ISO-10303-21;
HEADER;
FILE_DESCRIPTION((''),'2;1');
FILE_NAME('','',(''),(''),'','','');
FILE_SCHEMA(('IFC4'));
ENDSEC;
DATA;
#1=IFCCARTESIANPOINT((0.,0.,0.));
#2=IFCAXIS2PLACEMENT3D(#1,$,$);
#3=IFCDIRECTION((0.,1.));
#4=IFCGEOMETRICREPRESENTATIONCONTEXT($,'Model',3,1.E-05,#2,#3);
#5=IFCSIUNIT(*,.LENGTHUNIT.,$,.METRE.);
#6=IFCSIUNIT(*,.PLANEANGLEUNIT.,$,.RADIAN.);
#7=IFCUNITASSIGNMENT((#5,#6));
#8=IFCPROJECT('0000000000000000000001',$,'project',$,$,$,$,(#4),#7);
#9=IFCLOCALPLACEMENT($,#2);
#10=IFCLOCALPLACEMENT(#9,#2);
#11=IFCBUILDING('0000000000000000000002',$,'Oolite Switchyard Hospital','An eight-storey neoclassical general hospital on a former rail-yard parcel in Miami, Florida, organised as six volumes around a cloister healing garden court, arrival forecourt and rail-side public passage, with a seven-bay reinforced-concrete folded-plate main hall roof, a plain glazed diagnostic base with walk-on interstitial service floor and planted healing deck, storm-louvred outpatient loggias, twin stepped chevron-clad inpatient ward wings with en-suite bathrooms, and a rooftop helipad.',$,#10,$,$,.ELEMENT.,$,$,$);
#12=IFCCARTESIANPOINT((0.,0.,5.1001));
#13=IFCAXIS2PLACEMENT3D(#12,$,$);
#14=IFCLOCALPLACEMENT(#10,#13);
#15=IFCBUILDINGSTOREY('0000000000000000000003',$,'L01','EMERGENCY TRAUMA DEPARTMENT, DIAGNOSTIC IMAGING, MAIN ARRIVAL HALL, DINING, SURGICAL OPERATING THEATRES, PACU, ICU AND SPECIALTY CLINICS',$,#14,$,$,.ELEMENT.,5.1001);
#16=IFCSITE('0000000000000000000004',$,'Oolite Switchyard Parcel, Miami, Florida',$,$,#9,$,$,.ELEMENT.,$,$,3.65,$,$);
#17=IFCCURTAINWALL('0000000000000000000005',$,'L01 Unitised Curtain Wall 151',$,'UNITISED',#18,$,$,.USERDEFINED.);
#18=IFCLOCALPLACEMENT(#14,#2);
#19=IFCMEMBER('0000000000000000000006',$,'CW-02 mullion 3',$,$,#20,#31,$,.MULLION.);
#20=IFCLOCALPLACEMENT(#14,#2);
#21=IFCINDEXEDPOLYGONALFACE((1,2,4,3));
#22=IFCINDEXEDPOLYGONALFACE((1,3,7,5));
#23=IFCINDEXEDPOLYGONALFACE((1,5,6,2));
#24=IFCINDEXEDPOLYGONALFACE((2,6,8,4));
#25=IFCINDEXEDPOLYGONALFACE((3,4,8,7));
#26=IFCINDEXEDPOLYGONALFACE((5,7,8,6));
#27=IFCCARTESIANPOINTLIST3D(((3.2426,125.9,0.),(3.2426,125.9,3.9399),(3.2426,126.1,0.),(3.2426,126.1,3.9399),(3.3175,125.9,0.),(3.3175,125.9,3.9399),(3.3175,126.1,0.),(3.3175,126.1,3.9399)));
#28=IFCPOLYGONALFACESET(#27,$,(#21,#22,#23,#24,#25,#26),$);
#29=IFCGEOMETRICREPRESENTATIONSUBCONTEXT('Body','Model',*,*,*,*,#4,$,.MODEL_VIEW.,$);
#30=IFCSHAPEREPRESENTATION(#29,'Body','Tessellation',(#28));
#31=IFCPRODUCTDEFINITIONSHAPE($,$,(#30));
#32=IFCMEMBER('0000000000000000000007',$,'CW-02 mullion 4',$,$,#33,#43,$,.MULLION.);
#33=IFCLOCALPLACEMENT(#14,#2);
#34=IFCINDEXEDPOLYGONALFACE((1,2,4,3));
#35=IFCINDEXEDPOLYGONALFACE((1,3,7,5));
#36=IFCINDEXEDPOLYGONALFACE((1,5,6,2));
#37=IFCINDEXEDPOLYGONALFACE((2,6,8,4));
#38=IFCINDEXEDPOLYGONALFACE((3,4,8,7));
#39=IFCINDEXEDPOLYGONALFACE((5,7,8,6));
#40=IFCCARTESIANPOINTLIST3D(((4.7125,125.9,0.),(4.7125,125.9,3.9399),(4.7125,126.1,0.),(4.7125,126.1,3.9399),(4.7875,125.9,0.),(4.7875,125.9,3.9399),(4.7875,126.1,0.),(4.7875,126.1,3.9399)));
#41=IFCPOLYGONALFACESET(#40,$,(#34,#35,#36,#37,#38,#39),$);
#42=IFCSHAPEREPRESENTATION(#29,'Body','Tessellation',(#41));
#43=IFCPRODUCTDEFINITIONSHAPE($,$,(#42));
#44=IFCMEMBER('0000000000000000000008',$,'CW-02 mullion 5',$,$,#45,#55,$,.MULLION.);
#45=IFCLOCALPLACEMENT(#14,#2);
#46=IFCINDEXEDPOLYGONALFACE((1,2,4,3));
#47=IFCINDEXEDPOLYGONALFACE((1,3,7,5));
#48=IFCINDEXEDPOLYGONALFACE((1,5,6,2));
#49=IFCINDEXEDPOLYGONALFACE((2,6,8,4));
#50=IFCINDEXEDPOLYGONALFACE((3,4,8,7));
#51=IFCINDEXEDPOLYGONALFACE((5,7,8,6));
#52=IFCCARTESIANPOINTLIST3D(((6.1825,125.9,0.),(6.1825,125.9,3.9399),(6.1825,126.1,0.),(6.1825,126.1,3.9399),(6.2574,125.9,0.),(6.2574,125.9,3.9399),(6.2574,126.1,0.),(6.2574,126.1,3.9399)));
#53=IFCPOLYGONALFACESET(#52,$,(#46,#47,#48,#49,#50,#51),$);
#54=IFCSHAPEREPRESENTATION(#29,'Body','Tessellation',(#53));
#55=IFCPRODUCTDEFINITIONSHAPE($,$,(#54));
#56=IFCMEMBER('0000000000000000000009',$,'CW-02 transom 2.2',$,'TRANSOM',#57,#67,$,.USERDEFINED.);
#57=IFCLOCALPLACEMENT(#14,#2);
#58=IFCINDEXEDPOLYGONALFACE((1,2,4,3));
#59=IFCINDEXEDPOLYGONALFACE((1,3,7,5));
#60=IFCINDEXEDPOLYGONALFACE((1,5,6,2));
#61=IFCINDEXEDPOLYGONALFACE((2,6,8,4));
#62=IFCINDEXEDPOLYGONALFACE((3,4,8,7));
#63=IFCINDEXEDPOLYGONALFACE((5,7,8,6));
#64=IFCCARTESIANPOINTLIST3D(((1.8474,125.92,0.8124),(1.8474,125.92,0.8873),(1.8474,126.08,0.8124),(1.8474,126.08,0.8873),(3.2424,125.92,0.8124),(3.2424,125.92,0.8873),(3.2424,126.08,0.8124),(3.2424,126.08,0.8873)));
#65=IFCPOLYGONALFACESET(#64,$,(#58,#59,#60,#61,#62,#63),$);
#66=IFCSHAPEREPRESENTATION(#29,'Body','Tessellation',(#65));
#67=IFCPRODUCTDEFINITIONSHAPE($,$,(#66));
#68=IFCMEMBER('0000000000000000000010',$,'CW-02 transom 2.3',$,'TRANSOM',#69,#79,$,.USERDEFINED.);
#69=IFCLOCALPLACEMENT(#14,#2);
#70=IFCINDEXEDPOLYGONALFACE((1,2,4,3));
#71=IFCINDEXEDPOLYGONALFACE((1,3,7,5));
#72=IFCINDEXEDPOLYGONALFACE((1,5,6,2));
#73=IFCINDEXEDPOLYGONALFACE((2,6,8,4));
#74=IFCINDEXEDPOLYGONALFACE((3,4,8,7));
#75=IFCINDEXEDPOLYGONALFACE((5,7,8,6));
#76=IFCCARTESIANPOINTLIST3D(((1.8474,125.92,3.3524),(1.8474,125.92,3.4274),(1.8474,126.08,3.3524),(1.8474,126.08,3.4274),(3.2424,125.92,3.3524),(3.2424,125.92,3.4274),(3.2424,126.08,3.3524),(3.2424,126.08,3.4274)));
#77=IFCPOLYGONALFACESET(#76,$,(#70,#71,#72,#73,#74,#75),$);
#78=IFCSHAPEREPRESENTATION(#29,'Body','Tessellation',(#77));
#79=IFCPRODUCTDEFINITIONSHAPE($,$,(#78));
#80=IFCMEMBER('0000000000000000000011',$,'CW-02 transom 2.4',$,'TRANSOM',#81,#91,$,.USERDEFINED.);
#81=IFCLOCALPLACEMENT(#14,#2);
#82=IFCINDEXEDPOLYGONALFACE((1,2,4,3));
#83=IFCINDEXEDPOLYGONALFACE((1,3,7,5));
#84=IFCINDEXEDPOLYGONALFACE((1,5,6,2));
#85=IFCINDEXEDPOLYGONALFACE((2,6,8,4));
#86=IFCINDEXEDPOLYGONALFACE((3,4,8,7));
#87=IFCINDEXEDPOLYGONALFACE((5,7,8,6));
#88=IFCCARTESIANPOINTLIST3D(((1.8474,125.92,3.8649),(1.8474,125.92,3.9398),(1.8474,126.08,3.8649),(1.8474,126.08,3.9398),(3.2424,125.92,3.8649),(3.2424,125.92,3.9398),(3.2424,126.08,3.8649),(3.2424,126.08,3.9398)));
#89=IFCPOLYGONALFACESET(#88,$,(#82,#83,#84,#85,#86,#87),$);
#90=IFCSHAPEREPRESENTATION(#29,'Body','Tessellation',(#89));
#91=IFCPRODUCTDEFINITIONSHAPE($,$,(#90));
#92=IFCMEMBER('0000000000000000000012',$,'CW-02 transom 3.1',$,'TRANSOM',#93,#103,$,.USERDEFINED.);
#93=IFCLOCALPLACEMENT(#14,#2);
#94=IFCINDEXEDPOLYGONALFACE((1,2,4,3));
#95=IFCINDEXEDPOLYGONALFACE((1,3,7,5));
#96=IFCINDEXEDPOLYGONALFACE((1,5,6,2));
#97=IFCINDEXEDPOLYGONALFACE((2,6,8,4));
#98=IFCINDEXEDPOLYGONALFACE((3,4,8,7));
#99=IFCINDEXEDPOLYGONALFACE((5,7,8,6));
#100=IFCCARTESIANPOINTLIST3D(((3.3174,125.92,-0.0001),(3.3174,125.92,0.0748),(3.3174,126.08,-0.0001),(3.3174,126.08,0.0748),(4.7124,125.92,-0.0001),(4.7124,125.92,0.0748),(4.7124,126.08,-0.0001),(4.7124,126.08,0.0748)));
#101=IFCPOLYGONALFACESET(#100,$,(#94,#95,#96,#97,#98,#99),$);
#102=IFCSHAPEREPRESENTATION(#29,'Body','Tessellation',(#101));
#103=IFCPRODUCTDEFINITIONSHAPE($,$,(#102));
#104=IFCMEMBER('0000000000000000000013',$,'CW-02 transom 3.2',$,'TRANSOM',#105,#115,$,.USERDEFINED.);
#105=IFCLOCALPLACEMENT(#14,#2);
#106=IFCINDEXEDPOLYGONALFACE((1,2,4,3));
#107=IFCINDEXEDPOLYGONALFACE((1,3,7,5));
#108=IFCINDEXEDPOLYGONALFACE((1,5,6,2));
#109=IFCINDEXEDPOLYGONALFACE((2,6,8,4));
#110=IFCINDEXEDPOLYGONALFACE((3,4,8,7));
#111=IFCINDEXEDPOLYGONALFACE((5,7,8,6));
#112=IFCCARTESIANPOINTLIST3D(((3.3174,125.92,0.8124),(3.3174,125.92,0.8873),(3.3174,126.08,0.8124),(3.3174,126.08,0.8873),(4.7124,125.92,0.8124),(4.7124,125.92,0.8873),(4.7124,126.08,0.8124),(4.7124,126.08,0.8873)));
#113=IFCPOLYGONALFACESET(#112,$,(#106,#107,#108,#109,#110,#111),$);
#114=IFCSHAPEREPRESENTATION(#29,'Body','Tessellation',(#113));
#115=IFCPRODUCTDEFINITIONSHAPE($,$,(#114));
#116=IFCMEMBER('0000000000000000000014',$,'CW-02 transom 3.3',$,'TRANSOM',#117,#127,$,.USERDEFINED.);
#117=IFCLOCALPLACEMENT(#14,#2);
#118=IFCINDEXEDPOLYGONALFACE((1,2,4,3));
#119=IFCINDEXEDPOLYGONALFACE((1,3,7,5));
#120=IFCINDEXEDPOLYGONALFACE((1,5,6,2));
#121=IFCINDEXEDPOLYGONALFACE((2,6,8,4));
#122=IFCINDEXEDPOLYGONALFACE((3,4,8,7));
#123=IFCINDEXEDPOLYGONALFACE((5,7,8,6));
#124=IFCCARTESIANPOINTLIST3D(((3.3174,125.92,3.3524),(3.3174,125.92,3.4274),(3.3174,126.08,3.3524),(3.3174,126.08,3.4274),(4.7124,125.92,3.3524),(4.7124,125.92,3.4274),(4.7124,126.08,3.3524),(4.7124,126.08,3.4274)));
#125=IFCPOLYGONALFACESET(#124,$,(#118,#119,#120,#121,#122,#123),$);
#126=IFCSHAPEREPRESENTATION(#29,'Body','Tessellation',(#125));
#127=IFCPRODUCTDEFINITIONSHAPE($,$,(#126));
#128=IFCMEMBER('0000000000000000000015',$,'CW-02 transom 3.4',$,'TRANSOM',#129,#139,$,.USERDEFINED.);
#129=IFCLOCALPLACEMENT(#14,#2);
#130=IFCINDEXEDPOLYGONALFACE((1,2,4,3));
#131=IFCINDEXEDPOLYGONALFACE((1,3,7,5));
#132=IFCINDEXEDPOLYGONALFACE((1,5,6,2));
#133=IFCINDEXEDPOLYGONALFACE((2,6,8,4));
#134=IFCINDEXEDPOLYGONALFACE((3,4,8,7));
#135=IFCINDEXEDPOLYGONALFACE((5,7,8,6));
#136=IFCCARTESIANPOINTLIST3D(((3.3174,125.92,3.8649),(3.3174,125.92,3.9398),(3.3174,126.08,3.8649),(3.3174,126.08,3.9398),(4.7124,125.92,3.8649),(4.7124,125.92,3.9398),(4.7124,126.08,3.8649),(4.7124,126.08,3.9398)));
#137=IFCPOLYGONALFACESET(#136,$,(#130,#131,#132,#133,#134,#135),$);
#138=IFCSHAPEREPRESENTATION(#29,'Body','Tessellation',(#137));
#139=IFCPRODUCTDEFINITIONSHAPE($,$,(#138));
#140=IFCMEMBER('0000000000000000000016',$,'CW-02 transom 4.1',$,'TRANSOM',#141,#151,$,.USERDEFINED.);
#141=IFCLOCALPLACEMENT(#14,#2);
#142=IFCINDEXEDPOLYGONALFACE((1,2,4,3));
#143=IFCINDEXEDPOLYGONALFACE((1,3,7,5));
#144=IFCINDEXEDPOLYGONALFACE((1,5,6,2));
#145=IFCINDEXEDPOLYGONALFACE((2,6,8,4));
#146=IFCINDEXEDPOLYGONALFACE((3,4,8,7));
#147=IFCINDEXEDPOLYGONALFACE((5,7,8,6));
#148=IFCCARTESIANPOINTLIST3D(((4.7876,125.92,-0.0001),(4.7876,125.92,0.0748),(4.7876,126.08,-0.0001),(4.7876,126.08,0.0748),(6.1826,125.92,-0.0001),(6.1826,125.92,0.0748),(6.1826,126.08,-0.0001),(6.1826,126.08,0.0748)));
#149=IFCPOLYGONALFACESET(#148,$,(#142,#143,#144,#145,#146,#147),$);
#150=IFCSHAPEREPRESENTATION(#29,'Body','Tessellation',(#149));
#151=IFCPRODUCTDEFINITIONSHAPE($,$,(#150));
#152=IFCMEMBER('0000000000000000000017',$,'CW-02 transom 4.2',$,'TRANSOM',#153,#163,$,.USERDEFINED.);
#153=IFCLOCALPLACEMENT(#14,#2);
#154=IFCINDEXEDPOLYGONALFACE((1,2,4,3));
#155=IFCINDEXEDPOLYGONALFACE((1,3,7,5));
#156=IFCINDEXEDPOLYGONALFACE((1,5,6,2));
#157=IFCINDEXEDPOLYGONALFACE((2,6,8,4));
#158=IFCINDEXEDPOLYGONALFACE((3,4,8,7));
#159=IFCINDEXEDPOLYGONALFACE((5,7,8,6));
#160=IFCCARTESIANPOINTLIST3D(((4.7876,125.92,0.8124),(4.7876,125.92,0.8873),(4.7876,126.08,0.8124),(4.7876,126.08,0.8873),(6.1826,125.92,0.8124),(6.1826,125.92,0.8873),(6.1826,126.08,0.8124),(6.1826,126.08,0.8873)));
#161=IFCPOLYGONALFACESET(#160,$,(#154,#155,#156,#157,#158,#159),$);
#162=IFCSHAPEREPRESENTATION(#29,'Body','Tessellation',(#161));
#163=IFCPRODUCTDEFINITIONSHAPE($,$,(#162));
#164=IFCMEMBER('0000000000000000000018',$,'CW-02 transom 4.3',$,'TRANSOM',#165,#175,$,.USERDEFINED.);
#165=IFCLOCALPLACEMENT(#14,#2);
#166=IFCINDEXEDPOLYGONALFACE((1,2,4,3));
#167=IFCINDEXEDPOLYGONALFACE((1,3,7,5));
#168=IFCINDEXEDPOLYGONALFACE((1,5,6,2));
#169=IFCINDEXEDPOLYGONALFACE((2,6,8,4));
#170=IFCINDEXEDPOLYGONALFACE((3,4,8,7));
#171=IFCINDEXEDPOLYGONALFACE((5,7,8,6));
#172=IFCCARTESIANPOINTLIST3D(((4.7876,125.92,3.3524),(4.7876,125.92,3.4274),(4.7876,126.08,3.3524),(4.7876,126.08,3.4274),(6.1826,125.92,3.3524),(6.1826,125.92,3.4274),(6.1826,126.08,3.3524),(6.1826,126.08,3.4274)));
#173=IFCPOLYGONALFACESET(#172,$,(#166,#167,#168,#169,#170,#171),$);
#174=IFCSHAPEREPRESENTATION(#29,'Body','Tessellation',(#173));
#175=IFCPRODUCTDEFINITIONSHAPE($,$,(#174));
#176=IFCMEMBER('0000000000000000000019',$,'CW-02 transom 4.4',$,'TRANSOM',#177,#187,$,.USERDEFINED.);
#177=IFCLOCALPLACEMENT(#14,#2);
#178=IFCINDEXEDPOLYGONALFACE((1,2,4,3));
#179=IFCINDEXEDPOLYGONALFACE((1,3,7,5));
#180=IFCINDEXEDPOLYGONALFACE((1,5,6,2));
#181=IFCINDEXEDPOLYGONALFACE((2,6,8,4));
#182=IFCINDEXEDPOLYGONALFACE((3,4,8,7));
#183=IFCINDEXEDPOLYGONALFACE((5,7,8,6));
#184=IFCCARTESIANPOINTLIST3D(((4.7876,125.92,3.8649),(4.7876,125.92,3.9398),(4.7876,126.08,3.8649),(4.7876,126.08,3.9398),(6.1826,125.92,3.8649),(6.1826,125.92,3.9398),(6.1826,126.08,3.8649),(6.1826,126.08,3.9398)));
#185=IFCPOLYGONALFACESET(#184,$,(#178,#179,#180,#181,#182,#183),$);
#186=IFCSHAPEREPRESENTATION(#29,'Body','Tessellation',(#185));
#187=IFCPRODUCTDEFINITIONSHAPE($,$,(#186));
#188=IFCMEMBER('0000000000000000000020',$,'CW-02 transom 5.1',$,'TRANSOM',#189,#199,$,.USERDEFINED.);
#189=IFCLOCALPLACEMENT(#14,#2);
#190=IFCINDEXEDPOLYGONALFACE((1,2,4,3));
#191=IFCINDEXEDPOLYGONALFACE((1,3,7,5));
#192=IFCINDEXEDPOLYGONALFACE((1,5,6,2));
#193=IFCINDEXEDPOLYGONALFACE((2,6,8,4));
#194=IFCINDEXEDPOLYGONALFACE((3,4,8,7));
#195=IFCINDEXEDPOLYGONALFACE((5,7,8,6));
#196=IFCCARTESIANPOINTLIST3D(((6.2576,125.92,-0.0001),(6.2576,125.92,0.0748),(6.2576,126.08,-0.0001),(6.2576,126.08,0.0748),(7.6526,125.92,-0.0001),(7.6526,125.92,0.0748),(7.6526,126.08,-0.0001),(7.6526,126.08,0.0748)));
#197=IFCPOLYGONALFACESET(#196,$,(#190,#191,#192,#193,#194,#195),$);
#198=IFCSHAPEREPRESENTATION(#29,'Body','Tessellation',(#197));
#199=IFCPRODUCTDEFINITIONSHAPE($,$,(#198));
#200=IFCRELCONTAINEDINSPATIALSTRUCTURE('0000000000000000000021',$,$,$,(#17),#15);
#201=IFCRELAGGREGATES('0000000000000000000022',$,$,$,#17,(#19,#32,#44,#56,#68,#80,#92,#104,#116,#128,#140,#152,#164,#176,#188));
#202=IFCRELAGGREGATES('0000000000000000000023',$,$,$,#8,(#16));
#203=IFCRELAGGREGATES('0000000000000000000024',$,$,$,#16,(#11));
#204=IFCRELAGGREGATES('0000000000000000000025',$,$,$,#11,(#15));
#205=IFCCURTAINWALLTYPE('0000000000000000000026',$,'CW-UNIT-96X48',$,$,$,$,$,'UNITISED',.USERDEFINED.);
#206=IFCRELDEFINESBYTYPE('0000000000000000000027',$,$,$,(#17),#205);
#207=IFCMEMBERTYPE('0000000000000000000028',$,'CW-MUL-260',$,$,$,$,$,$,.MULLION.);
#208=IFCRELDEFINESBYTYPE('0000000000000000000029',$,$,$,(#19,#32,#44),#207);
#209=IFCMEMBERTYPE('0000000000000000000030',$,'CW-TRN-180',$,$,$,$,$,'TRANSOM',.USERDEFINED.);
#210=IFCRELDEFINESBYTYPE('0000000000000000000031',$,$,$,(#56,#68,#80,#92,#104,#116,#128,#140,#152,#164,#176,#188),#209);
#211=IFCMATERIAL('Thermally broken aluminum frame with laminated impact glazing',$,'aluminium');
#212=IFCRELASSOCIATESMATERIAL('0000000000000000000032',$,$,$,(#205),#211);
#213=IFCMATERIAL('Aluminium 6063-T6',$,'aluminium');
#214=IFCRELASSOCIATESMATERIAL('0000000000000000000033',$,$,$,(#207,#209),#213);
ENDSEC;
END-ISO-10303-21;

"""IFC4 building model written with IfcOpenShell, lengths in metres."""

from ifc_helpers import new_model, si_unit, direction, frame, origin, origin_2d, place, context, subcontext, project, spatial, rectangle, extrude, material, material_profile, profile_set, type_object, element, aggregate, save


model = new_model("IFC4")

# Units and contexts
model_context = context("Model", 3, precision=1e-05, world=origin(), true_north=direction((0.0, 1.0)))
body_context = subcontext(model_context, "Body", "Model", "MODEL_VIEW")
ifc_project = project(units=[si_unit("LENGTHUNIT", "METRE"), si_unit("PLANEANGLEUNIT", "RADIAN")], contexts=[model_context])

# Site, building, storey
site_placement = place(None, origin())
site = spatial("IfcSite", under=ifc_project, at=site_placement, Name="Oolite Switchyard Parcel, Miami, Florida", CompositionType="ELEMENT", RefElevation=3.65)
building_placement = place(site_placement, origin())
building = spatial("IfcBuilding", under=site, at=building_placement, Name="Oolite Switchyard Hospital", Description="An eight-storey neoclassical general hospital on a former rail-yard parcel in Miami, Florida, organised as six volumes around a cloister healing garden court, arrival forecourt and rail-side public passage, with a seven-bay reinforced-concrete folded-plate main hall roof, a plain glazed diagnostic base with walk-on interstitial service floor and planted healing deck, storm-louvred outpatient loggias, twin stepped chevron-clad inpatient ward wings with en-suite bathrooms, and a rooftop helipad.", CompositionType="ELEMENT")
storey_placement = place(building_placement, frame((0.0, 0.0, 5.1001)))
storey = spatial("IfcBuildingStorey", under=building, at=storey_placement, Name="L01", Description="EMERGENCY TRAUMA DEPARTMENT, DIAGNOSTIC IMAGING, MAIN ARRIVAL HALL, DINING, SURGICAL OPERATING THEATRES, PACU, ICU AND SPECIALTY CLINICS", CompositionType="ELEMENT", Elevation=5.1001)

# Curtain wall, members
ifc_material_1 = material(Name="Thermally broken aluminum frame with laminated impact glazing", Category="aluminium")
curtain_wall_type = type_object("IfcCurtainWallType", Name="CW-UNIT-96X48", ElementType="UNITISED", PredefinedType="USERDEFINED", material=ifc_material_1)
curtain_wall_placement = place(storey_placement, origin())
curtain_wall = element("IfcCurtainWall", 1, at=curtain_wall_placement, inside=storey, type_object=curtain_wall_type, Name="L01 Unitised Curtain Wall 151", ObjectType="UNITISED", PredefinedType="USERDEFINED")
ifc_material_2 = material(Name="Aluminium 6063-T6", Category="aluminium")
ifc_material_profile_1 = material_profile(ifc_material_2, rectangle(XDim=0.2, YDim=0.075, at=origin_2d()), Name="CWM75X200")
ifc_profile_set_1 = profile_set([ifc_material_profile_1], Name="Aluminium 6063-T6")
member_type_1 = type_object("IfcMemberType", Name="CW-MUL-260", PredefinedType="MULLION", material=ifc_profile_set_1)
member_1_placement = place(storey_placement, frame((3.28, 126.0, 0.0), z_axis=(0.0, 0.0, 1.0), x_axis=(0.0, 1.0, 0.0)))
member_1 = element("IfcMember", 2, at=member_1_placement, type_object=member_type_1, Name="CW-02 mullion 3", PredefinedType="MULLION", context=body_context, shape_type="SweptSolid", body=[
    extrude(rectangle(XDim=0.2, YDim=0.075, at=origin_2d()), origin(), (0.0, 0.0, 1.0), 3.9399),
])
member_2_placement = place(storey_placement, frame((4.75, 126.0, 0.0), z_axis=(0.0, 0.0, 1.0), x_axis=(0.0, 1.0, 0.0)))
member_2 = element("IfcMember", 3, at=member_2_placement, type_object=member_type_1, Name="CW-02 mullion 4", PredefinedType="MULLION", context=body_context, shape_type="SweptSolid", body=[
    extrude(rectangle(XDim=0.2, YDim=0.075, at=origin_2d()), origin(), (0.0, 0.0, 1.0), 3.9399),
])
member_3_placement = place(storey_placement, frame((6.22, 126.0, 0.0), z_axis=(0.0, 0.0, 1.0), x_axis=(0.0, 1.0, 0.0)))
member_3 = element("IfcMember", 4, at=member_3_placement, type_object=member_type_1, Name="CW-02 mullion 5", PredefinedType="MULLION", context=body_context, shape_type="SweptSolid", body=[
    extrude(rectangle(XDim=0.2, YDim=0.075, at=origin_2d()), origin(), (0.0, 0.0, 1.0), 3.9399),
])
ifc_material_profile_2 = material_profile(ifc_material_2, rectangle(XDim=0.1599, YDim=0.075, at=origin_2d()), Name="CWT75X160")
ifc_profile_set_2 = profile_set([ifc_material_profile_2], Name="Aluminium 6063-T6")
member_type_2 = type_object("IfcMemberType", Name="CW-TRN-180", ElementType="TRANSOM", PredefinedType="USERDEFINED", material=ifc_profile_set_2)
member_4_placement = place(storey_placement, frame((1.8474, 126.0, 0.8499), z_axis=(1.0, 0.0, 0.0), x_axis=(0.0, 1.0, 0.0)))
member_4 = element("IfcMember", 5, at=member_4_placement, type_object=member_type_2, Name="CW-02 transom 2.2", ObjectType="TRANSOM", PredefinedType="USERDEFINED", context=body_context, shape_type="SweptSolid", body=[
    extrude(rectangle(XDim=0.1599, YDim=0.075, at=origin_2d()), origin(), (0.0, 0.0, 1.0), 1.395),
])
member_5_placement = place(storey_placement, frame((1.8474, 126.0, 3.3899), z_axis=(1.0, 0.0, 0.0), x_axis=(0.0, 1.0, 0.0)))
member_5 = element("IfcMember", 6, at=member_5_placement, type_object=member_type_2, Name="CW-02 transom 2.3", ObjectType="TRANSOM", PredefinedType="USERDEFINED", context=body_context, shape_type="SweptSolid", body=[
    extrude(rectangle(XDim=0.1599, YDim=0.075, at=origin_2d()), origin(), (0.0, 0.0, 1.0), 1.395),
])
member_6_placement = place(storey_placement, frame((1.8474, 126.0, 3.9023), z_axis=(1.0, 0.0, 0.0), x_axis=(0.0, 1.0, 0.0)))
member_6 = element("IfcMember", 7, at=member_6_placement, type_object=member_type_2, Name="CW-02 transom 2.4", ObjectType="TRANSOM", PredefinedType="USERDEFINED", context=body_context, shape_type="SweptSolid", body=[
    extrude(rectangle(XDim=0.1599, YDim=0.075, at=origin_2d()), origin(), (0.0, 0.0, 1.0), 1.395),
])
member_7_placement = place(storey_placement, frame((3.3174, 126.0, 0.0374), z_axis=(1.0, 0.0, 0.0), x_axis=(0.0, 1.0, 0.0)))
member_7 = element("IfcMember", 8, at=member_7_placement, type_object=member_type_2, Name="CW-02 transom 3.1", ObjectType="TRANSOM", PredefinedType="USERDEFINED", context=body_context, shape_type="SweptSolid", body=[
    extrude(rectangle(XDim=0.1599, YDim=0.075, at=origin_2d()), origin(), (0.0, 0.0, 1.0), 1.395),
])
member_8_placement = place(storey_placement, frame((3.3174, 126.0, 0.8499), z_axis=(1.0, 0.0, 0.0), x_axis=(0.0, 1.0, 0.0)))
member_8 = element("IfcMember", 9, at=member_8_placement, type_object=member_type_2, Name="CW-02 transom 3.2", ObjectType="TRANSOM", PredefinedType="USERDEFINED", context=body_context, shape_type="SweptSolid", body=[
    extrude(rectangle(XDim=0.1599, YDim=0.075, at=origin_2d()), origin(), (0.0, 0.0, 1.0), 1.395),
])
member_9_placement = place(storey_placement, frame((3.3174, 126.0, 3.3899), z_axis=(1.0, 0.0, 0.0), x_axis=(0.0, 1.0, 0.0)))
member_9 = element("IfcMember", 10, at=member_9_placement, type_object=member_type_2, Name="CW-02 transom 3.3", ObjectType="TRANSOM", PredefinedType="USERDEFINED", context=body_context, shape_type="SweptSolid", body=[
    extrude(rectangle(XDim=0.1599, YDim=0.075, at=origin_2d()), origin(), (0.0, 0.0, 1.0), 1.395),
])
member_10_placement = place(storey_placement, frame((3.3174, 126.0, 3.9023), z_axis=(1.0, 0.0, 0.0), x_axis=(0.0, 1.0, 0.0)))
member_10 = element("IfcMember", 11, at=member_10_placement, type_object=member_type_2, Name="CW-02 transom 3.4", ObjectType="TRANSOM", PredefinedType="USERDEFINED", context=body_context, shape_type="SweptSolid", body=[
    extrude(rectangle(XDim=0.1599, YDim=0.075, at=origin_2d()), origin(), (0.0, 0.0, 1.0), 1.395),
])
member_11_placement = place(storey_placement, frame((4.7876, 126.0, 0.0374), z_axis=(1.0, 0.0, 0.0), x_axis=(0.0, 1.0, 0.0)))
member_11 = element("IfcMember", 12, at=member_11_placement, type_object=member_type_2, Name="CW-02 transom 4.1", ObjectType="TRANSOM", PredefinedType="USERDEFINED", context=body_context, shape_type="SweptSolid", body=[
    extrude(rectangle(XDim=0.1599, YDim=0.075, at=origin_2d()), origin(), (0.0, 0.0, 1.0), 1.395),
])
member_12_placement = place(storey_placement, frame((4.7876, 126.0, 0.8499), z_axis=(1.0, 0.0, 0.0), x_axis=(0.0, 1.0, 0.0)))
member_12 = element("IfcMember", 13, at=member_12_placement, type_object=member_type_2, Name="CW-02 transom 4.2", ObjectType="TRANSOM", PredefinedType="USERDEFINED", context=body_context, shape_type="SweptSolid", body=[
    extrude(rectangle(XDim=0.1599, YDim=0.075, at=origin_2d()), origin(), (0.0, 0.0, 1.0), 1.395),
])
member_13_placement = place(storey_placement, frame((4.7876, 126.0, 3.3899), z_axis=(1.0, 0.0, 0.0), x_axis=(0.0, 1.0, 0.0)))
member_13 = element("IfcMember", 14, at=member_13_placement, type_object=member_type_2, Name="CW-02 transom 4.3", ObjectType="TRANSOM", PredefinedType="USERDEFINED", context=body_context, shape_type="SweptSolid", body=[
    extrude(rectangle(XDim=0.1599, YDim=0.075, at=origin_2d()), origin(), (0.0, 0.0, 1.0), 1.395),
])
member_14_placement = place(storey_placement, frame((4.7876, 126.0, 3.9023), z_axis=(1.0, 0.0, 0.0), x_axis=(0.0, 1.0, 0.0)))
member_14 = element("IfcMember", 15, at=member_14_placement, type_object=member_type_2, Name="CW-02 transom 4.4", ObjectType="TRANSOM", PredefinedType="USERDEFINED", context=body_context, shape_type="SweptSolid", body=[
    extrude(rectangle(XDim=0.1599, YDim=0.075, at=origin_2d()), origin(), (0.0, 0.0, 1.0), 1.395),
])
member_15_placement = place(storey_placement, frame((6.2576, 126.0, 0.0374), z_axis=(1.0, 0.0, 0.0), x_axis=(0.0, 1.0, 0.0)))
member_15 = element("IfcMember", 16, at=member_15_placement, type_object=member_type_2, Name="CW-02 transom 5.1", ObjectType="TRANSOM", PredefinedType="USERDEFINED", context=body_context, shape_type="SweptSolid", body=[
    extrude(rectangle(XDim=0.1599, YDim=0.075, at=origin_2d()), origin(), (0.0, 0.0, 1.0), 1.395),
])
aggregate(curtain_wall, [member_1, member_2, member_3, member_4, member_5, member_6, member_7, member_8, member_9, member_10, member_11, member_12, member_13, member_14, member_15])

save(model, "model.ifc")
